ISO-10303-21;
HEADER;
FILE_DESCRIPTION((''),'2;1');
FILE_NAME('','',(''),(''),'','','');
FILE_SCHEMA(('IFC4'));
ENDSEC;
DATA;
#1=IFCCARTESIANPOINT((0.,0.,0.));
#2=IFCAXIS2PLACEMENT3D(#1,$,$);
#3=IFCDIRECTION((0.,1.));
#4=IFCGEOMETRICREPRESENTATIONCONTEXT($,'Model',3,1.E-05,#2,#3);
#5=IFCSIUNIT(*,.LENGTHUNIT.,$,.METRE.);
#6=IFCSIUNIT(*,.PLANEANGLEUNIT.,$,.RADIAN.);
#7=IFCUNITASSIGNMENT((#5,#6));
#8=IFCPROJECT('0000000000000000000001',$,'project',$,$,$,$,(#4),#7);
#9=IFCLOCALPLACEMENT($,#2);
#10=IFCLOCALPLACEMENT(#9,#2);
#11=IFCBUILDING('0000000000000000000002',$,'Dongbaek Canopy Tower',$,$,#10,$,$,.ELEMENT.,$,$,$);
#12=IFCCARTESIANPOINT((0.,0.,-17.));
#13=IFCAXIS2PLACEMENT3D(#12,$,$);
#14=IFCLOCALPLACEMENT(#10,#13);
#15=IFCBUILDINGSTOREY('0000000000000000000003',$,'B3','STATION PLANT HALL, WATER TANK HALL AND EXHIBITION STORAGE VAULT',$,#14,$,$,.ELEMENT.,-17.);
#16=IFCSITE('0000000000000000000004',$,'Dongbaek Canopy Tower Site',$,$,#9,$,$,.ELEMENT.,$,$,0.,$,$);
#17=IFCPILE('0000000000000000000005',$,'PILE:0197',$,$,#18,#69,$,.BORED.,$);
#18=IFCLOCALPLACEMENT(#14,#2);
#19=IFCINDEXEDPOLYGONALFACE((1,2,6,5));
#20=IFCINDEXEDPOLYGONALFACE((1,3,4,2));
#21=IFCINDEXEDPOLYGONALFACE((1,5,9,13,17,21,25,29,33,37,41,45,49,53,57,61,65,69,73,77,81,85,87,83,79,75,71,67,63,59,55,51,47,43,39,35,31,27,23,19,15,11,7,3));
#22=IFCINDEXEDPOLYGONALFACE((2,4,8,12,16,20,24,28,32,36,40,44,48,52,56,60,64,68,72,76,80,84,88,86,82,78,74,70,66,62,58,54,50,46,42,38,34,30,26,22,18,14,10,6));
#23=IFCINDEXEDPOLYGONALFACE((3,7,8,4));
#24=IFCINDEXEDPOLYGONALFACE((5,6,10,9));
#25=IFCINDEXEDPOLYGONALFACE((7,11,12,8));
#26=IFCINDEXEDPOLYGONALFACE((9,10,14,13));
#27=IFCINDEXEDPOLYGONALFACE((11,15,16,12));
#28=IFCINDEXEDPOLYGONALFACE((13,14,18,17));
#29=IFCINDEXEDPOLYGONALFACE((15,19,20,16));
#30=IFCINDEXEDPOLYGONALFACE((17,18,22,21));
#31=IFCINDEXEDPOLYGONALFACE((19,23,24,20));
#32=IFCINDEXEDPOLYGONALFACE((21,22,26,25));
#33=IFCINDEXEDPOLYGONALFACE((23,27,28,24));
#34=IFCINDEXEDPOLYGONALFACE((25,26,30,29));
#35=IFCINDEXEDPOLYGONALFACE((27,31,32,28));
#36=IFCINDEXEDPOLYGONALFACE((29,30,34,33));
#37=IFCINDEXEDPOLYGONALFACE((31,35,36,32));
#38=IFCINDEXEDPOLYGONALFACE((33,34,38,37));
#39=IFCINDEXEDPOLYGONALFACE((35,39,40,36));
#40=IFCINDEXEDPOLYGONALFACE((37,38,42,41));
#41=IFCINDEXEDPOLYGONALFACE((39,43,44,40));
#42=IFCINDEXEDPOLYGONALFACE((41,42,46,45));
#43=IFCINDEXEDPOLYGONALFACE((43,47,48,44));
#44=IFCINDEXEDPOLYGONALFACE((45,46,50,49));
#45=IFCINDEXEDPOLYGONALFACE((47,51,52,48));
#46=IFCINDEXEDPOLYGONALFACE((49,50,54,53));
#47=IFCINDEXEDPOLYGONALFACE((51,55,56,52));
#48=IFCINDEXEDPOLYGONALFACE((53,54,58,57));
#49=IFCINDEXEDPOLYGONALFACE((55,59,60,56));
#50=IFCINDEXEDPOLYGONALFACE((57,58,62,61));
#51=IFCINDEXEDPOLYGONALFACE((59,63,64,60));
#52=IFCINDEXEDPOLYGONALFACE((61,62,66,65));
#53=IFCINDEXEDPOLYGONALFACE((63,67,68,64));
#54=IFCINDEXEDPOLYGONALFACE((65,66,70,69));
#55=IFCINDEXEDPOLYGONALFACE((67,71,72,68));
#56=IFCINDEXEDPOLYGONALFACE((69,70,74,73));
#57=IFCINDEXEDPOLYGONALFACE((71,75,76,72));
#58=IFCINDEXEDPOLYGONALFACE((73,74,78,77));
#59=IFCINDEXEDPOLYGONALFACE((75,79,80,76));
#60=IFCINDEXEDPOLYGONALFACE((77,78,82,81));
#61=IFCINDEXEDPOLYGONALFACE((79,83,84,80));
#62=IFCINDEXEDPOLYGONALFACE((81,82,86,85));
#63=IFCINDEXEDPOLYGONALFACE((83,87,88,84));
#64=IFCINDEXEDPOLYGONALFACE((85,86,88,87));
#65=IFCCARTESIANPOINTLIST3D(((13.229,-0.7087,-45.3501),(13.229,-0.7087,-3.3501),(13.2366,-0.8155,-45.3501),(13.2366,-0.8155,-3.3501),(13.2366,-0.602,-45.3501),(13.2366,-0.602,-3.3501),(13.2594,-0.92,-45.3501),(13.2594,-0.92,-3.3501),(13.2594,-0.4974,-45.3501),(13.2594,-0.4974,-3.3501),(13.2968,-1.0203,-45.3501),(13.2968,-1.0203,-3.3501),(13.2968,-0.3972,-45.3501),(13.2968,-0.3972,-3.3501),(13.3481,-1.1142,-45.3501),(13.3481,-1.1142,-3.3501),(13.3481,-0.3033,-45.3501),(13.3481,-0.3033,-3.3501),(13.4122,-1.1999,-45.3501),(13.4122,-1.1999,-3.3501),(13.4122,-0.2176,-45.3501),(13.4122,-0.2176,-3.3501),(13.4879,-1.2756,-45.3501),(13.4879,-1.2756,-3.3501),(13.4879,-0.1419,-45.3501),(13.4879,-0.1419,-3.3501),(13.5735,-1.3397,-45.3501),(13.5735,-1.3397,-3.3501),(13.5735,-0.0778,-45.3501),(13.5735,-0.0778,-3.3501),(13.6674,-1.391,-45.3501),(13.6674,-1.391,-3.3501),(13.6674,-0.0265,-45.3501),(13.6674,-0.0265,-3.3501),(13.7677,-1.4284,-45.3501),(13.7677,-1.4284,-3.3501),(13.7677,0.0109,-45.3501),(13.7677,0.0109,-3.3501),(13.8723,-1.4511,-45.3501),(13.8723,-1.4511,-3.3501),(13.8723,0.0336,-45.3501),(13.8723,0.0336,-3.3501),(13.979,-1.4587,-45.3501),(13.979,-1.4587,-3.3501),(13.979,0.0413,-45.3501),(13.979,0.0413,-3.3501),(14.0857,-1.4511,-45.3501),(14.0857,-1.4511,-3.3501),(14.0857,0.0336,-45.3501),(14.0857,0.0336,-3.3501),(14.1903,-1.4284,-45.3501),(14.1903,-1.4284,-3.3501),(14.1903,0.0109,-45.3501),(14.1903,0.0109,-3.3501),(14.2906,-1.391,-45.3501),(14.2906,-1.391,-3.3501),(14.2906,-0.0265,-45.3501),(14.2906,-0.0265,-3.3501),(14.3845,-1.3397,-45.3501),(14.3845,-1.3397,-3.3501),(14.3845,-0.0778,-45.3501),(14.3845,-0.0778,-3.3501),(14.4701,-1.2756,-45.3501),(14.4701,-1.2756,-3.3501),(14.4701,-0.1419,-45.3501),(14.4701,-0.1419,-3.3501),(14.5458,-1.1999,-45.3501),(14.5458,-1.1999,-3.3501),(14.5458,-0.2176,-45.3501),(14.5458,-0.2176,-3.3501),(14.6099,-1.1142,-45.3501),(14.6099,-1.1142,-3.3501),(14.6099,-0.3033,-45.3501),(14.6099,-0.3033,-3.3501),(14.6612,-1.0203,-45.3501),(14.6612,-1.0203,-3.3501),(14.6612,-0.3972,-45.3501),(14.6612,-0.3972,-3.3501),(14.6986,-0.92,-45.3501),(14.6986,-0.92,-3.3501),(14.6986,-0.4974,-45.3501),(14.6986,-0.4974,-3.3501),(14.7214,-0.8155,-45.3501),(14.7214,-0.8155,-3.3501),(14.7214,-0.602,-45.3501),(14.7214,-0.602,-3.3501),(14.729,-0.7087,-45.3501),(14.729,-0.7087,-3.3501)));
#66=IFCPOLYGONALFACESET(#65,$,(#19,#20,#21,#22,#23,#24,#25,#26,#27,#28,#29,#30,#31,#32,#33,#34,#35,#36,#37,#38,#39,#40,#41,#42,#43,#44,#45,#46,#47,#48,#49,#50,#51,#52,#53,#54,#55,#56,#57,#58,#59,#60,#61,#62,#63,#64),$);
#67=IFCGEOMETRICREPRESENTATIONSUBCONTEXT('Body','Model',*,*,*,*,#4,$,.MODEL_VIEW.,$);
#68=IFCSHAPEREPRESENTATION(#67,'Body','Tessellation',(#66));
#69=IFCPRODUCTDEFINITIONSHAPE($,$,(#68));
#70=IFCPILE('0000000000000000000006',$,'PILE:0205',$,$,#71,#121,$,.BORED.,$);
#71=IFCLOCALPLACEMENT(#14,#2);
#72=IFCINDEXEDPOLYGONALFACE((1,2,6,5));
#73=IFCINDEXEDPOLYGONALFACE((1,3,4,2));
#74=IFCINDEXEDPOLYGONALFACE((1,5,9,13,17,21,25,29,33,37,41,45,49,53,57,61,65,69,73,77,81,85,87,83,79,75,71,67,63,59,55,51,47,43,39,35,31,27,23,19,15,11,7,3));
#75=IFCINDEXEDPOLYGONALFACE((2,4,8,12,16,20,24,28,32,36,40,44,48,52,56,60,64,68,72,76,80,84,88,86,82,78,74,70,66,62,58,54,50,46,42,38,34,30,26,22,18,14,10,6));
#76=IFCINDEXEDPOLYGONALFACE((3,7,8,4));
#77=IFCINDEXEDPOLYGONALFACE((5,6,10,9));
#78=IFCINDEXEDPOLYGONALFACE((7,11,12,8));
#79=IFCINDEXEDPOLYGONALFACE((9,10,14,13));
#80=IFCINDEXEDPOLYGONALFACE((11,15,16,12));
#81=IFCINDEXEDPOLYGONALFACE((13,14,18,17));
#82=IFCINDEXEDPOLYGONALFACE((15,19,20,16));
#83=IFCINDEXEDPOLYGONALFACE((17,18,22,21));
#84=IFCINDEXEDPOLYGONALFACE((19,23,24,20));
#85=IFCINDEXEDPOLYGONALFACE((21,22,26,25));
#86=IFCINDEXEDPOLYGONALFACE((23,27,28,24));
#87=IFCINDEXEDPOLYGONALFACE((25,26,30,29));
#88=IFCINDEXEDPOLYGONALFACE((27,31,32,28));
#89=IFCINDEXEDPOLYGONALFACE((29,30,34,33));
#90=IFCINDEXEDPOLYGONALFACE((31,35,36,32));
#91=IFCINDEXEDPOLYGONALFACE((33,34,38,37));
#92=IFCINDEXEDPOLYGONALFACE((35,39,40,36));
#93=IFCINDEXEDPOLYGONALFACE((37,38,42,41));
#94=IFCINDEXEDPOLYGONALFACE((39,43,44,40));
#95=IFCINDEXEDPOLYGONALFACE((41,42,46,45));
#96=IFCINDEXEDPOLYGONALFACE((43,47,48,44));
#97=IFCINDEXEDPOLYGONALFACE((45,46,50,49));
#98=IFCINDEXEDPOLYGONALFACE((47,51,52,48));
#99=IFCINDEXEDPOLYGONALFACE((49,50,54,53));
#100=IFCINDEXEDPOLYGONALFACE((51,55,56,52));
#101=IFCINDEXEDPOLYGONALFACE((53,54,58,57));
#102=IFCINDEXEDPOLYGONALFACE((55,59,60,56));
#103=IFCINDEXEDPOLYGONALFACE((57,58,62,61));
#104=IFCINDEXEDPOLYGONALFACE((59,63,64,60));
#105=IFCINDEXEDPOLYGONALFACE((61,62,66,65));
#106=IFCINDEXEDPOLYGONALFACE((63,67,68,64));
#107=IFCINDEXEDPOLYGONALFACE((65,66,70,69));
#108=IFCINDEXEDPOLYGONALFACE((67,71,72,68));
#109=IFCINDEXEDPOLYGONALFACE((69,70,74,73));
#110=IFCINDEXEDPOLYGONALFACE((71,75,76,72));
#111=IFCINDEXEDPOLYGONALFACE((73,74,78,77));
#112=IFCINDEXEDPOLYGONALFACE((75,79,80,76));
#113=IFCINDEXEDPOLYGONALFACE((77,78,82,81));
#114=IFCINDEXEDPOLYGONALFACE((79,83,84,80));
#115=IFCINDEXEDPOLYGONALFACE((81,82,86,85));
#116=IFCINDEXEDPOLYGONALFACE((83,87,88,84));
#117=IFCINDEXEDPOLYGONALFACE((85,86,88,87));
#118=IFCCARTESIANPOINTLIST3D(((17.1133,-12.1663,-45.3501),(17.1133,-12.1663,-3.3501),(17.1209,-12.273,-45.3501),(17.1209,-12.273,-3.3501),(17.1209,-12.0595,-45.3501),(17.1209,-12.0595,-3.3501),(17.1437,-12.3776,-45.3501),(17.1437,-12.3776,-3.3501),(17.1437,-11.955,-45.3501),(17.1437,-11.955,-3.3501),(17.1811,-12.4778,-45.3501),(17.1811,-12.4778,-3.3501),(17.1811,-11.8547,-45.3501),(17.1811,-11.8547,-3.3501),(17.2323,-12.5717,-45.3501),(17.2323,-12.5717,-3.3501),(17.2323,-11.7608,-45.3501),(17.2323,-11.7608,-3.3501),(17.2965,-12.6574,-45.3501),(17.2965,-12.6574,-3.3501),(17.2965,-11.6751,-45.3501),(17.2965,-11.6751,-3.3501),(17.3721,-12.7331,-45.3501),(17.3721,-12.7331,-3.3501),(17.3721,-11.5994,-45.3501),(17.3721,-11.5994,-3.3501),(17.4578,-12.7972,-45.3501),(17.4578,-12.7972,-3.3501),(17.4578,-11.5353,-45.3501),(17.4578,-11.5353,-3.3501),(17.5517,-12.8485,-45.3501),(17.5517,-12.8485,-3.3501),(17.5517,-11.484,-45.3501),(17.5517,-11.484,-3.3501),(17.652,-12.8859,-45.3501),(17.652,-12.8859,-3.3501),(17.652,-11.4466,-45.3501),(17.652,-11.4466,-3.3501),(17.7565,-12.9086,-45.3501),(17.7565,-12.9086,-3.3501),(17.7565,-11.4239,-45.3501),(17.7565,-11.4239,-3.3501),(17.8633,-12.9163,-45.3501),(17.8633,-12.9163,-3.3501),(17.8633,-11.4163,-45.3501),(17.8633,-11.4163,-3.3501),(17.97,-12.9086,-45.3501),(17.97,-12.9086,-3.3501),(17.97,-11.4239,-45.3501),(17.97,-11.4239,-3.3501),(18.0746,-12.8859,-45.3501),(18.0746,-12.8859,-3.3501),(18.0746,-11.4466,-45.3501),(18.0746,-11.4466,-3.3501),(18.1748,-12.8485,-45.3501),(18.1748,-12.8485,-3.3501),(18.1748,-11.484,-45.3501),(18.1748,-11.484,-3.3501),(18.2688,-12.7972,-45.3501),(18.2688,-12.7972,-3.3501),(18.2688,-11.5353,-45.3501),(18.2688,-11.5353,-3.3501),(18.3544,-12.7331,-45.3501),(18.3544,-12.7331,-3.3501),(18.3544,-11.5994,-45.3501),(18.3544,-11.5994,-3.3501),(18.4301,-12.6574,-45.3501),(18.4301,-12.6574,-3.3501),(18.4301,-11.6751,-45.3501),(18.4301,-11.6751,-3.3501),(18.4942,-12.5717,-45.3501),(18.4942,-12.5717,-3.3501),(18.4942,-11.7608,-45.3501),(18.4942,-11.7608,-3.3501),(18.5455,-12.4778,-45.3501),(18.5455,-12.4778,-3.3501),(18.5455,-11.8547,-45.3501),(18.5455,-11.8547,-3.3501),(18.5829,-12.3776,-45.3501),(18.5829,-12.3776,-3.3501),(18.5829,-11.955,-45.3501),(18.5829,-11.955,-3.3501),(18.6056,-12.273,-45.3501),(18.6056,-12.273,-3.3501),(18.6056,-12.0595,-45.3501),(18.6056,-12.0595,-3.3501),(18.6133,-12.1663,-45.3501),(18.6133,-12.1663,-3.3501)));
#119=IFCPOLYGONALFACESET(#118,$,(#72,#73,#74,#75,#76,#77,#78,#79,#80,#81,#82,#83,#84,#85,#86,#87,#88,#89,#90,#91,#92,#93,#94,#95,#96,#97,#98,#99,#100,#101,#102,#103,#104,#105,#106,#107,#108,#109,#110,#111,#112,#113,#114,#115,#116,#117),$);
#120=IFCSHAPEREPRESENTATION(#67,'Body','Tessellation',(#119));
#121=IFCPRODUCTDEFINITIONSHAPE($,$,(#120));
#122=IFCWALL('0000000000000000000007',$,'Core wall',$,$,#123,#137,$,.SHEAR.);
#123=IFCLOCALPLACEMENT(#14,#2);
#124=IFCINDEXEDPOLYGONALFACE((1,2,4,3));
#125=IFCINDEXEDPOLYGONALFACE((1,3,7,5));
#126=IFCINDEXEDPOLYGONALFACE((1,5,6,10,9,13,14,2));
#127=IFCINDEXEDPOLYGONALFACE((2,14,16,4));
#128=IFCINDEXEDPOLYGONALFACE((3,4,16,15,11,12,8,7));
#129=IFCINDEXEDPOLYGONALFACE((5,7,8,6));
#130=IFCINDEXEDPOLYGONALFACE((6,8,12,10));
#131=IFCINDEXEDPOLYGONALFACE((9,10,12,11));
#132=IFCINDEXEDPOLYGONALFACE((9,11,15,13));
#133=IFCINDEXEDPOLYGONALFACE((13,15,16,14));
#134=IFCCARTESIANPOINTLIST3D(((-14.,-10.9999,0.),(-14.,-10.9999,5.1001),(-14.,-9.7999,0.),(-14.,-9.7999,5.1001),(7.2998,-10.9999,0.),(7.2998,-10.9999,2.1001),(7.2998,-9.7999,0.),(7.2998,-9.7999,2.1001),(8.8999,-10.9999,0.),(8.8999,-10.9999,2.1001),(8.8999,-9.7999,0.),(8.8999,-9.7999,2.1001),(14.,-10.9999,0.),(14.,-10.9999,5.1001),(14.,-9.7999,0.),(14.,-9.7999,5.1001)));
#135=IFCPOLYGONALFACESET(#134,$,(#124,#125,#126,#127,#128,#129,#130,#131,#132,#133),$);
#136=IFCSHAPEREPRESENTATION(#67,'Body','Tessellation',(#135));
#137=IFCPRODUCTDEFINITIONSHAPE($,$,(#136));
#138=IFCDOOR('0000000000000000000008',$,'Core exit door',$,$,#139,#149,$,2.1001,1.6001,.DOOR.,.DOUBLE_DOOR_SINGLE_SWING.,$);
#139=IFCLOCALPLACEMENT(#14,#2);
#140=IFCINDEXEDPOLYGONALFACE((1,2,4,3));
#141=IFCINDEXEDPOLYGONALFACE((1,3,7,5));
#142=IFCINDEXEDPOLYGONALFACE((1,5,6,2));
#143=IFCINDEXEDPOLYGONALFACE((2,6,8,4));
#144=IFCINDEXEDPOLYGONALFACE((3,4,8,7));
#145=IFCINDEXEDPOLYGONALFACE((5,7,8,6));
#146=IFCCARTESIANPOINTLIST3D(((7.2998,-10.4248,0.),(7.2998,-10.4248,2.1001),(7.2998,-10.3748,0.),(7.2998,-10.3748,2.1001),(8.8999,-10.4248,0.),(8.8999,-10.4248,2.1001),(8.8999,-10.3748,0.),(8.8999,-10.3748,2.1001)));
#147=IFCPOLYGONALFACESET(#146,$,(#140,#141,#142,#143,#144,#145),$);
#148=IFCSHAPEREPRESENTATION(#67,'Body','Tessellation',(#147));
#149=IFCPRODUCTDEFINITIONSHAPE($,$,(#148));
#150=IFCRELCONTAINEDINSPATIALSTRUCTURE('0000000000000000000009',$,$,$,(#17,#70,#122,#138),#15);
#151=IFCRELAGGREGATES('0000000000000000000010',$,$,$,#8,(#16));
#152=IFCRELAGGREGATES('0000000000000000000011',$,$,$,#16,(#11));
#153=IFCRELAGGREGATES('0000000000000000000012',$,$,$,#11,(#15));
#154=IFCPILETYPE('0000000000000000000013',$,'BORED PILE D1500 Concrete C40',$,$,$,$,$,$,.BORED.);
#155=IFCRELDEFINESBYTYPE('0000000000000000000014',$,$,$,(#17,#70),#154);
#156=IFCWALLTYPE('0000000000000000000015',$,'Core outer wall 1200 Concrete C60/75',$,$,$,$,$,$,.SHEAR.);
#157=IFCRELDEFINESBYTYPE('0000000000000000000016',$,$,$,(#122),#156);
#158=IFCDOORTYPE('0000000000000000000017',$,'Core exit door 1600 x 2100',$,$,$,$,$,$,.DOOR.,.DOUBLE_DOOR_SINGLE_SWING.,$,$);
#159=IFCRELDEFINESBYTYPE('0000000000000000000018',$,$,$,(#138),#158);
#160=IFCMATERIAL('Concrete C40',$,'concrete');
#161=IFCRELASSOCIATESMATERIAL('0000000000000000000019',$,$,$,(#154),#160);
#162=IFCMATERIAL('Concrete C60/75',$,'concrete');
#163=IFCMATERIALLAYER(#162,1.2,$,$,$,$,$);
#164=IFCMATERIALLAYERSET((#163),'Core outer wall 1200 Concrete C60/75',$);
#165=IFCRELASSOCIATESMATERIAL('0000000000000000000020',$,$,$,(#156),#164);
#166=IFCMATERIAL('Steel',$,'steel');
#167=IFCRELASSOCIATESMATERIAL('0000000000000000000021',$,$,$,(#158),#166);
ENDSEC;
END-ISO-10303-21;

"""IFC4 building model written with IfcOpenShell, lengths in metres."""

from ifc_helpers import new_model, si_unit, direction, frame, frame_2d, origin, origin_2d, place, context, subcontext, project, spatial, rectangle, circle, extrude, material, layer, layer_set, material_profile, profile_set, type_object, element, fill, save


model = new_model("IFC4")

# Units and contexts
model_context = context("Model", 3, precision=1e-05, world=origin(), true_north=direction((0.0, 1.0)))
body_context = subcontext(model_context, "Body", "Model", "MODEL_VIEW")
ifc_project = project(units=[si_unit("LENGTHUNIT", "METRE"), si_unit("PLANEANGLEUNIT", "RADIAN")], contexts=[model_context])

# Site, building, storey
site_placement = place(None, origin())
site = spatial("IfcSite", under=ifc_project, at=site_placement, Name="Dongbaek Canopy Tower Site", CompositionType="ELEMENT", RefElevation=0.0)
building_placement = place(site_placement, origin())
building = spatial("IfcBuilding", under=site, at=building_placement, Name="Dongbaek Canopy Tower", CompositionType="ELEMENT")
storey_placement = place(building_placement, frame((0.0, 0.0, -17.0)))
storey = spatial("IfcBuildingStorey", under=building, at=storey_placement, Name="B3", Description="STATION PLANT HALL, WATER TANK HALL AND EXHIBITION STORAGE VAULT", CompositionType="ELEMENT", Elevation=-17.0)

# Piles
ifc_material_1 = material(Name="Concrete C40", Category="concrete")
ifc_material_profile = material_profile(ifc_material_1, circle(Radius=0.75, at=origin_2d()), Name="BORED PILE D1500 Concrete C40")
ifc_profile_set = profile_set([ifc_material_profile], Name="Concrete C40")
pile_type = type_object("IfcPileType", Name="BORED PILE D1500 Concrete C40", PredefinedType="BORED", material=ifc_profile_set)
for number, where, z_axis, x_axis, name in (
    (1, (13.979, -0.7087, -3.3501), (0.0, 0.0, -1.0), (1.0, 0.0, 0.0), "PILE:0197"),
    (2, (17.8633, -12.1663, -3.3501), (0.0, 0.0, -1.0), (1.0, 0.0, 0.0), "PILE:0205"),
):
    element("IfcPile", number, at=place(storey_placement, frame(where, z_axis=z_axis, x_axis=x_axis)), inside=storey, type_object=pile_type, Name=name, PredefinedType="BORED", context=body_context, shape_type="SweptSolid", body=[
        extrude(circle(Radius=0.75, at=origin_2d()), origin(), (0.0, 0.0, 1.0), 42.0),
    ])

# Wall, opening, door
ifc_material_2 = material(Name="Concrete C60/75", Category="concrete")
ifc_layer_1 = layer(ifc_material_2, 1.2)
ifc_layer_set_1 = layer_set([ifc_layer_1], Name="Core outer wall 1200 Concrete C60/75")
wall_type_1 = type_object("IfcWallType", Name="Core outer wall 1200 Concrete C60/75", PredefinedType="SHEAR", material=ifc_layer_set_1)
wall_1_placement = place(storey_placement, frame((14.0, -10.3999, 0.0), z_axis=(0.0, 0.0, 1.0), x_axis=(-1.0, 0.0, 0.0)))
wall_1 = element("IfcWall", 3, at=wall_1_placement, inside=storey, type_object=wall_type_1, Name="Core wall", PredefinedType="SHEAR", context=body_context, shape_type="SweptSolid", body=[
    extrude(rectangle(XDim=28.0, YDim=1.2, at=frame_2d((14.0, 0.0))), origin(), (0.0, 0.0, 1.0), 5.1001),
])
opening_1_placement = place(wall_1_placement, frame((5.1001, 0.0, 0.0)))
opening_1 = element("IfcOpeningElement", 4, at=opening_1_placement, cuts=wall_1, PredefinedType="OPENING", context=body_context, shape_type="SweptSolid", body=[
    extrude(rectangle(XDim=1.6001, YDim=2.1001, at=frame_2d((0.8, 1.05))), frame((0.0, 0.6099, 0.0), z_axis=(0.0, -1.0, 0.0), x_axis=(1.0, 0.0, 0.0)), (0.0, 0.0, 1.0), 1.22),
])
ifc_material_3 = material(Name="Steel", Category="steel")
door_type_1 = type_object("IfcDoorType", Name="Core exit door 1600 x 2100", OperationType="DOUBLE_DOOR_SINGLE_SWING", PredefinedType="DOOR", material=ifc_material_3)
door_1_placement = place(opening_1_placement, origin())
door_1 = element("IfcDoor", 5, at=door_1_placement, inside=storey, type_object=door_type_1, Name="Core exit door", OperationType="DOUBLE_DOOR_SINGLE_SWING", OverallHeight=2.1001, OverallWidth=1.6001, PredefinedType="DOOR", context=body_context, shape_type="SweptSolid", body=[
    extrude(rectangle(XDim=1.6001, YDim=2.1001, at=frame_2d((0.8, 1.05))), frame((0.0, 0.0249, 0.0), z_axis=(0.0, -1.0, 0.0), x_axis=(1.0, 0.0, 0.0)), (0.0, 0.0, 1.0), 0.05),
])
fill(opening_1, door_1)

save(model, "model.ifc")
